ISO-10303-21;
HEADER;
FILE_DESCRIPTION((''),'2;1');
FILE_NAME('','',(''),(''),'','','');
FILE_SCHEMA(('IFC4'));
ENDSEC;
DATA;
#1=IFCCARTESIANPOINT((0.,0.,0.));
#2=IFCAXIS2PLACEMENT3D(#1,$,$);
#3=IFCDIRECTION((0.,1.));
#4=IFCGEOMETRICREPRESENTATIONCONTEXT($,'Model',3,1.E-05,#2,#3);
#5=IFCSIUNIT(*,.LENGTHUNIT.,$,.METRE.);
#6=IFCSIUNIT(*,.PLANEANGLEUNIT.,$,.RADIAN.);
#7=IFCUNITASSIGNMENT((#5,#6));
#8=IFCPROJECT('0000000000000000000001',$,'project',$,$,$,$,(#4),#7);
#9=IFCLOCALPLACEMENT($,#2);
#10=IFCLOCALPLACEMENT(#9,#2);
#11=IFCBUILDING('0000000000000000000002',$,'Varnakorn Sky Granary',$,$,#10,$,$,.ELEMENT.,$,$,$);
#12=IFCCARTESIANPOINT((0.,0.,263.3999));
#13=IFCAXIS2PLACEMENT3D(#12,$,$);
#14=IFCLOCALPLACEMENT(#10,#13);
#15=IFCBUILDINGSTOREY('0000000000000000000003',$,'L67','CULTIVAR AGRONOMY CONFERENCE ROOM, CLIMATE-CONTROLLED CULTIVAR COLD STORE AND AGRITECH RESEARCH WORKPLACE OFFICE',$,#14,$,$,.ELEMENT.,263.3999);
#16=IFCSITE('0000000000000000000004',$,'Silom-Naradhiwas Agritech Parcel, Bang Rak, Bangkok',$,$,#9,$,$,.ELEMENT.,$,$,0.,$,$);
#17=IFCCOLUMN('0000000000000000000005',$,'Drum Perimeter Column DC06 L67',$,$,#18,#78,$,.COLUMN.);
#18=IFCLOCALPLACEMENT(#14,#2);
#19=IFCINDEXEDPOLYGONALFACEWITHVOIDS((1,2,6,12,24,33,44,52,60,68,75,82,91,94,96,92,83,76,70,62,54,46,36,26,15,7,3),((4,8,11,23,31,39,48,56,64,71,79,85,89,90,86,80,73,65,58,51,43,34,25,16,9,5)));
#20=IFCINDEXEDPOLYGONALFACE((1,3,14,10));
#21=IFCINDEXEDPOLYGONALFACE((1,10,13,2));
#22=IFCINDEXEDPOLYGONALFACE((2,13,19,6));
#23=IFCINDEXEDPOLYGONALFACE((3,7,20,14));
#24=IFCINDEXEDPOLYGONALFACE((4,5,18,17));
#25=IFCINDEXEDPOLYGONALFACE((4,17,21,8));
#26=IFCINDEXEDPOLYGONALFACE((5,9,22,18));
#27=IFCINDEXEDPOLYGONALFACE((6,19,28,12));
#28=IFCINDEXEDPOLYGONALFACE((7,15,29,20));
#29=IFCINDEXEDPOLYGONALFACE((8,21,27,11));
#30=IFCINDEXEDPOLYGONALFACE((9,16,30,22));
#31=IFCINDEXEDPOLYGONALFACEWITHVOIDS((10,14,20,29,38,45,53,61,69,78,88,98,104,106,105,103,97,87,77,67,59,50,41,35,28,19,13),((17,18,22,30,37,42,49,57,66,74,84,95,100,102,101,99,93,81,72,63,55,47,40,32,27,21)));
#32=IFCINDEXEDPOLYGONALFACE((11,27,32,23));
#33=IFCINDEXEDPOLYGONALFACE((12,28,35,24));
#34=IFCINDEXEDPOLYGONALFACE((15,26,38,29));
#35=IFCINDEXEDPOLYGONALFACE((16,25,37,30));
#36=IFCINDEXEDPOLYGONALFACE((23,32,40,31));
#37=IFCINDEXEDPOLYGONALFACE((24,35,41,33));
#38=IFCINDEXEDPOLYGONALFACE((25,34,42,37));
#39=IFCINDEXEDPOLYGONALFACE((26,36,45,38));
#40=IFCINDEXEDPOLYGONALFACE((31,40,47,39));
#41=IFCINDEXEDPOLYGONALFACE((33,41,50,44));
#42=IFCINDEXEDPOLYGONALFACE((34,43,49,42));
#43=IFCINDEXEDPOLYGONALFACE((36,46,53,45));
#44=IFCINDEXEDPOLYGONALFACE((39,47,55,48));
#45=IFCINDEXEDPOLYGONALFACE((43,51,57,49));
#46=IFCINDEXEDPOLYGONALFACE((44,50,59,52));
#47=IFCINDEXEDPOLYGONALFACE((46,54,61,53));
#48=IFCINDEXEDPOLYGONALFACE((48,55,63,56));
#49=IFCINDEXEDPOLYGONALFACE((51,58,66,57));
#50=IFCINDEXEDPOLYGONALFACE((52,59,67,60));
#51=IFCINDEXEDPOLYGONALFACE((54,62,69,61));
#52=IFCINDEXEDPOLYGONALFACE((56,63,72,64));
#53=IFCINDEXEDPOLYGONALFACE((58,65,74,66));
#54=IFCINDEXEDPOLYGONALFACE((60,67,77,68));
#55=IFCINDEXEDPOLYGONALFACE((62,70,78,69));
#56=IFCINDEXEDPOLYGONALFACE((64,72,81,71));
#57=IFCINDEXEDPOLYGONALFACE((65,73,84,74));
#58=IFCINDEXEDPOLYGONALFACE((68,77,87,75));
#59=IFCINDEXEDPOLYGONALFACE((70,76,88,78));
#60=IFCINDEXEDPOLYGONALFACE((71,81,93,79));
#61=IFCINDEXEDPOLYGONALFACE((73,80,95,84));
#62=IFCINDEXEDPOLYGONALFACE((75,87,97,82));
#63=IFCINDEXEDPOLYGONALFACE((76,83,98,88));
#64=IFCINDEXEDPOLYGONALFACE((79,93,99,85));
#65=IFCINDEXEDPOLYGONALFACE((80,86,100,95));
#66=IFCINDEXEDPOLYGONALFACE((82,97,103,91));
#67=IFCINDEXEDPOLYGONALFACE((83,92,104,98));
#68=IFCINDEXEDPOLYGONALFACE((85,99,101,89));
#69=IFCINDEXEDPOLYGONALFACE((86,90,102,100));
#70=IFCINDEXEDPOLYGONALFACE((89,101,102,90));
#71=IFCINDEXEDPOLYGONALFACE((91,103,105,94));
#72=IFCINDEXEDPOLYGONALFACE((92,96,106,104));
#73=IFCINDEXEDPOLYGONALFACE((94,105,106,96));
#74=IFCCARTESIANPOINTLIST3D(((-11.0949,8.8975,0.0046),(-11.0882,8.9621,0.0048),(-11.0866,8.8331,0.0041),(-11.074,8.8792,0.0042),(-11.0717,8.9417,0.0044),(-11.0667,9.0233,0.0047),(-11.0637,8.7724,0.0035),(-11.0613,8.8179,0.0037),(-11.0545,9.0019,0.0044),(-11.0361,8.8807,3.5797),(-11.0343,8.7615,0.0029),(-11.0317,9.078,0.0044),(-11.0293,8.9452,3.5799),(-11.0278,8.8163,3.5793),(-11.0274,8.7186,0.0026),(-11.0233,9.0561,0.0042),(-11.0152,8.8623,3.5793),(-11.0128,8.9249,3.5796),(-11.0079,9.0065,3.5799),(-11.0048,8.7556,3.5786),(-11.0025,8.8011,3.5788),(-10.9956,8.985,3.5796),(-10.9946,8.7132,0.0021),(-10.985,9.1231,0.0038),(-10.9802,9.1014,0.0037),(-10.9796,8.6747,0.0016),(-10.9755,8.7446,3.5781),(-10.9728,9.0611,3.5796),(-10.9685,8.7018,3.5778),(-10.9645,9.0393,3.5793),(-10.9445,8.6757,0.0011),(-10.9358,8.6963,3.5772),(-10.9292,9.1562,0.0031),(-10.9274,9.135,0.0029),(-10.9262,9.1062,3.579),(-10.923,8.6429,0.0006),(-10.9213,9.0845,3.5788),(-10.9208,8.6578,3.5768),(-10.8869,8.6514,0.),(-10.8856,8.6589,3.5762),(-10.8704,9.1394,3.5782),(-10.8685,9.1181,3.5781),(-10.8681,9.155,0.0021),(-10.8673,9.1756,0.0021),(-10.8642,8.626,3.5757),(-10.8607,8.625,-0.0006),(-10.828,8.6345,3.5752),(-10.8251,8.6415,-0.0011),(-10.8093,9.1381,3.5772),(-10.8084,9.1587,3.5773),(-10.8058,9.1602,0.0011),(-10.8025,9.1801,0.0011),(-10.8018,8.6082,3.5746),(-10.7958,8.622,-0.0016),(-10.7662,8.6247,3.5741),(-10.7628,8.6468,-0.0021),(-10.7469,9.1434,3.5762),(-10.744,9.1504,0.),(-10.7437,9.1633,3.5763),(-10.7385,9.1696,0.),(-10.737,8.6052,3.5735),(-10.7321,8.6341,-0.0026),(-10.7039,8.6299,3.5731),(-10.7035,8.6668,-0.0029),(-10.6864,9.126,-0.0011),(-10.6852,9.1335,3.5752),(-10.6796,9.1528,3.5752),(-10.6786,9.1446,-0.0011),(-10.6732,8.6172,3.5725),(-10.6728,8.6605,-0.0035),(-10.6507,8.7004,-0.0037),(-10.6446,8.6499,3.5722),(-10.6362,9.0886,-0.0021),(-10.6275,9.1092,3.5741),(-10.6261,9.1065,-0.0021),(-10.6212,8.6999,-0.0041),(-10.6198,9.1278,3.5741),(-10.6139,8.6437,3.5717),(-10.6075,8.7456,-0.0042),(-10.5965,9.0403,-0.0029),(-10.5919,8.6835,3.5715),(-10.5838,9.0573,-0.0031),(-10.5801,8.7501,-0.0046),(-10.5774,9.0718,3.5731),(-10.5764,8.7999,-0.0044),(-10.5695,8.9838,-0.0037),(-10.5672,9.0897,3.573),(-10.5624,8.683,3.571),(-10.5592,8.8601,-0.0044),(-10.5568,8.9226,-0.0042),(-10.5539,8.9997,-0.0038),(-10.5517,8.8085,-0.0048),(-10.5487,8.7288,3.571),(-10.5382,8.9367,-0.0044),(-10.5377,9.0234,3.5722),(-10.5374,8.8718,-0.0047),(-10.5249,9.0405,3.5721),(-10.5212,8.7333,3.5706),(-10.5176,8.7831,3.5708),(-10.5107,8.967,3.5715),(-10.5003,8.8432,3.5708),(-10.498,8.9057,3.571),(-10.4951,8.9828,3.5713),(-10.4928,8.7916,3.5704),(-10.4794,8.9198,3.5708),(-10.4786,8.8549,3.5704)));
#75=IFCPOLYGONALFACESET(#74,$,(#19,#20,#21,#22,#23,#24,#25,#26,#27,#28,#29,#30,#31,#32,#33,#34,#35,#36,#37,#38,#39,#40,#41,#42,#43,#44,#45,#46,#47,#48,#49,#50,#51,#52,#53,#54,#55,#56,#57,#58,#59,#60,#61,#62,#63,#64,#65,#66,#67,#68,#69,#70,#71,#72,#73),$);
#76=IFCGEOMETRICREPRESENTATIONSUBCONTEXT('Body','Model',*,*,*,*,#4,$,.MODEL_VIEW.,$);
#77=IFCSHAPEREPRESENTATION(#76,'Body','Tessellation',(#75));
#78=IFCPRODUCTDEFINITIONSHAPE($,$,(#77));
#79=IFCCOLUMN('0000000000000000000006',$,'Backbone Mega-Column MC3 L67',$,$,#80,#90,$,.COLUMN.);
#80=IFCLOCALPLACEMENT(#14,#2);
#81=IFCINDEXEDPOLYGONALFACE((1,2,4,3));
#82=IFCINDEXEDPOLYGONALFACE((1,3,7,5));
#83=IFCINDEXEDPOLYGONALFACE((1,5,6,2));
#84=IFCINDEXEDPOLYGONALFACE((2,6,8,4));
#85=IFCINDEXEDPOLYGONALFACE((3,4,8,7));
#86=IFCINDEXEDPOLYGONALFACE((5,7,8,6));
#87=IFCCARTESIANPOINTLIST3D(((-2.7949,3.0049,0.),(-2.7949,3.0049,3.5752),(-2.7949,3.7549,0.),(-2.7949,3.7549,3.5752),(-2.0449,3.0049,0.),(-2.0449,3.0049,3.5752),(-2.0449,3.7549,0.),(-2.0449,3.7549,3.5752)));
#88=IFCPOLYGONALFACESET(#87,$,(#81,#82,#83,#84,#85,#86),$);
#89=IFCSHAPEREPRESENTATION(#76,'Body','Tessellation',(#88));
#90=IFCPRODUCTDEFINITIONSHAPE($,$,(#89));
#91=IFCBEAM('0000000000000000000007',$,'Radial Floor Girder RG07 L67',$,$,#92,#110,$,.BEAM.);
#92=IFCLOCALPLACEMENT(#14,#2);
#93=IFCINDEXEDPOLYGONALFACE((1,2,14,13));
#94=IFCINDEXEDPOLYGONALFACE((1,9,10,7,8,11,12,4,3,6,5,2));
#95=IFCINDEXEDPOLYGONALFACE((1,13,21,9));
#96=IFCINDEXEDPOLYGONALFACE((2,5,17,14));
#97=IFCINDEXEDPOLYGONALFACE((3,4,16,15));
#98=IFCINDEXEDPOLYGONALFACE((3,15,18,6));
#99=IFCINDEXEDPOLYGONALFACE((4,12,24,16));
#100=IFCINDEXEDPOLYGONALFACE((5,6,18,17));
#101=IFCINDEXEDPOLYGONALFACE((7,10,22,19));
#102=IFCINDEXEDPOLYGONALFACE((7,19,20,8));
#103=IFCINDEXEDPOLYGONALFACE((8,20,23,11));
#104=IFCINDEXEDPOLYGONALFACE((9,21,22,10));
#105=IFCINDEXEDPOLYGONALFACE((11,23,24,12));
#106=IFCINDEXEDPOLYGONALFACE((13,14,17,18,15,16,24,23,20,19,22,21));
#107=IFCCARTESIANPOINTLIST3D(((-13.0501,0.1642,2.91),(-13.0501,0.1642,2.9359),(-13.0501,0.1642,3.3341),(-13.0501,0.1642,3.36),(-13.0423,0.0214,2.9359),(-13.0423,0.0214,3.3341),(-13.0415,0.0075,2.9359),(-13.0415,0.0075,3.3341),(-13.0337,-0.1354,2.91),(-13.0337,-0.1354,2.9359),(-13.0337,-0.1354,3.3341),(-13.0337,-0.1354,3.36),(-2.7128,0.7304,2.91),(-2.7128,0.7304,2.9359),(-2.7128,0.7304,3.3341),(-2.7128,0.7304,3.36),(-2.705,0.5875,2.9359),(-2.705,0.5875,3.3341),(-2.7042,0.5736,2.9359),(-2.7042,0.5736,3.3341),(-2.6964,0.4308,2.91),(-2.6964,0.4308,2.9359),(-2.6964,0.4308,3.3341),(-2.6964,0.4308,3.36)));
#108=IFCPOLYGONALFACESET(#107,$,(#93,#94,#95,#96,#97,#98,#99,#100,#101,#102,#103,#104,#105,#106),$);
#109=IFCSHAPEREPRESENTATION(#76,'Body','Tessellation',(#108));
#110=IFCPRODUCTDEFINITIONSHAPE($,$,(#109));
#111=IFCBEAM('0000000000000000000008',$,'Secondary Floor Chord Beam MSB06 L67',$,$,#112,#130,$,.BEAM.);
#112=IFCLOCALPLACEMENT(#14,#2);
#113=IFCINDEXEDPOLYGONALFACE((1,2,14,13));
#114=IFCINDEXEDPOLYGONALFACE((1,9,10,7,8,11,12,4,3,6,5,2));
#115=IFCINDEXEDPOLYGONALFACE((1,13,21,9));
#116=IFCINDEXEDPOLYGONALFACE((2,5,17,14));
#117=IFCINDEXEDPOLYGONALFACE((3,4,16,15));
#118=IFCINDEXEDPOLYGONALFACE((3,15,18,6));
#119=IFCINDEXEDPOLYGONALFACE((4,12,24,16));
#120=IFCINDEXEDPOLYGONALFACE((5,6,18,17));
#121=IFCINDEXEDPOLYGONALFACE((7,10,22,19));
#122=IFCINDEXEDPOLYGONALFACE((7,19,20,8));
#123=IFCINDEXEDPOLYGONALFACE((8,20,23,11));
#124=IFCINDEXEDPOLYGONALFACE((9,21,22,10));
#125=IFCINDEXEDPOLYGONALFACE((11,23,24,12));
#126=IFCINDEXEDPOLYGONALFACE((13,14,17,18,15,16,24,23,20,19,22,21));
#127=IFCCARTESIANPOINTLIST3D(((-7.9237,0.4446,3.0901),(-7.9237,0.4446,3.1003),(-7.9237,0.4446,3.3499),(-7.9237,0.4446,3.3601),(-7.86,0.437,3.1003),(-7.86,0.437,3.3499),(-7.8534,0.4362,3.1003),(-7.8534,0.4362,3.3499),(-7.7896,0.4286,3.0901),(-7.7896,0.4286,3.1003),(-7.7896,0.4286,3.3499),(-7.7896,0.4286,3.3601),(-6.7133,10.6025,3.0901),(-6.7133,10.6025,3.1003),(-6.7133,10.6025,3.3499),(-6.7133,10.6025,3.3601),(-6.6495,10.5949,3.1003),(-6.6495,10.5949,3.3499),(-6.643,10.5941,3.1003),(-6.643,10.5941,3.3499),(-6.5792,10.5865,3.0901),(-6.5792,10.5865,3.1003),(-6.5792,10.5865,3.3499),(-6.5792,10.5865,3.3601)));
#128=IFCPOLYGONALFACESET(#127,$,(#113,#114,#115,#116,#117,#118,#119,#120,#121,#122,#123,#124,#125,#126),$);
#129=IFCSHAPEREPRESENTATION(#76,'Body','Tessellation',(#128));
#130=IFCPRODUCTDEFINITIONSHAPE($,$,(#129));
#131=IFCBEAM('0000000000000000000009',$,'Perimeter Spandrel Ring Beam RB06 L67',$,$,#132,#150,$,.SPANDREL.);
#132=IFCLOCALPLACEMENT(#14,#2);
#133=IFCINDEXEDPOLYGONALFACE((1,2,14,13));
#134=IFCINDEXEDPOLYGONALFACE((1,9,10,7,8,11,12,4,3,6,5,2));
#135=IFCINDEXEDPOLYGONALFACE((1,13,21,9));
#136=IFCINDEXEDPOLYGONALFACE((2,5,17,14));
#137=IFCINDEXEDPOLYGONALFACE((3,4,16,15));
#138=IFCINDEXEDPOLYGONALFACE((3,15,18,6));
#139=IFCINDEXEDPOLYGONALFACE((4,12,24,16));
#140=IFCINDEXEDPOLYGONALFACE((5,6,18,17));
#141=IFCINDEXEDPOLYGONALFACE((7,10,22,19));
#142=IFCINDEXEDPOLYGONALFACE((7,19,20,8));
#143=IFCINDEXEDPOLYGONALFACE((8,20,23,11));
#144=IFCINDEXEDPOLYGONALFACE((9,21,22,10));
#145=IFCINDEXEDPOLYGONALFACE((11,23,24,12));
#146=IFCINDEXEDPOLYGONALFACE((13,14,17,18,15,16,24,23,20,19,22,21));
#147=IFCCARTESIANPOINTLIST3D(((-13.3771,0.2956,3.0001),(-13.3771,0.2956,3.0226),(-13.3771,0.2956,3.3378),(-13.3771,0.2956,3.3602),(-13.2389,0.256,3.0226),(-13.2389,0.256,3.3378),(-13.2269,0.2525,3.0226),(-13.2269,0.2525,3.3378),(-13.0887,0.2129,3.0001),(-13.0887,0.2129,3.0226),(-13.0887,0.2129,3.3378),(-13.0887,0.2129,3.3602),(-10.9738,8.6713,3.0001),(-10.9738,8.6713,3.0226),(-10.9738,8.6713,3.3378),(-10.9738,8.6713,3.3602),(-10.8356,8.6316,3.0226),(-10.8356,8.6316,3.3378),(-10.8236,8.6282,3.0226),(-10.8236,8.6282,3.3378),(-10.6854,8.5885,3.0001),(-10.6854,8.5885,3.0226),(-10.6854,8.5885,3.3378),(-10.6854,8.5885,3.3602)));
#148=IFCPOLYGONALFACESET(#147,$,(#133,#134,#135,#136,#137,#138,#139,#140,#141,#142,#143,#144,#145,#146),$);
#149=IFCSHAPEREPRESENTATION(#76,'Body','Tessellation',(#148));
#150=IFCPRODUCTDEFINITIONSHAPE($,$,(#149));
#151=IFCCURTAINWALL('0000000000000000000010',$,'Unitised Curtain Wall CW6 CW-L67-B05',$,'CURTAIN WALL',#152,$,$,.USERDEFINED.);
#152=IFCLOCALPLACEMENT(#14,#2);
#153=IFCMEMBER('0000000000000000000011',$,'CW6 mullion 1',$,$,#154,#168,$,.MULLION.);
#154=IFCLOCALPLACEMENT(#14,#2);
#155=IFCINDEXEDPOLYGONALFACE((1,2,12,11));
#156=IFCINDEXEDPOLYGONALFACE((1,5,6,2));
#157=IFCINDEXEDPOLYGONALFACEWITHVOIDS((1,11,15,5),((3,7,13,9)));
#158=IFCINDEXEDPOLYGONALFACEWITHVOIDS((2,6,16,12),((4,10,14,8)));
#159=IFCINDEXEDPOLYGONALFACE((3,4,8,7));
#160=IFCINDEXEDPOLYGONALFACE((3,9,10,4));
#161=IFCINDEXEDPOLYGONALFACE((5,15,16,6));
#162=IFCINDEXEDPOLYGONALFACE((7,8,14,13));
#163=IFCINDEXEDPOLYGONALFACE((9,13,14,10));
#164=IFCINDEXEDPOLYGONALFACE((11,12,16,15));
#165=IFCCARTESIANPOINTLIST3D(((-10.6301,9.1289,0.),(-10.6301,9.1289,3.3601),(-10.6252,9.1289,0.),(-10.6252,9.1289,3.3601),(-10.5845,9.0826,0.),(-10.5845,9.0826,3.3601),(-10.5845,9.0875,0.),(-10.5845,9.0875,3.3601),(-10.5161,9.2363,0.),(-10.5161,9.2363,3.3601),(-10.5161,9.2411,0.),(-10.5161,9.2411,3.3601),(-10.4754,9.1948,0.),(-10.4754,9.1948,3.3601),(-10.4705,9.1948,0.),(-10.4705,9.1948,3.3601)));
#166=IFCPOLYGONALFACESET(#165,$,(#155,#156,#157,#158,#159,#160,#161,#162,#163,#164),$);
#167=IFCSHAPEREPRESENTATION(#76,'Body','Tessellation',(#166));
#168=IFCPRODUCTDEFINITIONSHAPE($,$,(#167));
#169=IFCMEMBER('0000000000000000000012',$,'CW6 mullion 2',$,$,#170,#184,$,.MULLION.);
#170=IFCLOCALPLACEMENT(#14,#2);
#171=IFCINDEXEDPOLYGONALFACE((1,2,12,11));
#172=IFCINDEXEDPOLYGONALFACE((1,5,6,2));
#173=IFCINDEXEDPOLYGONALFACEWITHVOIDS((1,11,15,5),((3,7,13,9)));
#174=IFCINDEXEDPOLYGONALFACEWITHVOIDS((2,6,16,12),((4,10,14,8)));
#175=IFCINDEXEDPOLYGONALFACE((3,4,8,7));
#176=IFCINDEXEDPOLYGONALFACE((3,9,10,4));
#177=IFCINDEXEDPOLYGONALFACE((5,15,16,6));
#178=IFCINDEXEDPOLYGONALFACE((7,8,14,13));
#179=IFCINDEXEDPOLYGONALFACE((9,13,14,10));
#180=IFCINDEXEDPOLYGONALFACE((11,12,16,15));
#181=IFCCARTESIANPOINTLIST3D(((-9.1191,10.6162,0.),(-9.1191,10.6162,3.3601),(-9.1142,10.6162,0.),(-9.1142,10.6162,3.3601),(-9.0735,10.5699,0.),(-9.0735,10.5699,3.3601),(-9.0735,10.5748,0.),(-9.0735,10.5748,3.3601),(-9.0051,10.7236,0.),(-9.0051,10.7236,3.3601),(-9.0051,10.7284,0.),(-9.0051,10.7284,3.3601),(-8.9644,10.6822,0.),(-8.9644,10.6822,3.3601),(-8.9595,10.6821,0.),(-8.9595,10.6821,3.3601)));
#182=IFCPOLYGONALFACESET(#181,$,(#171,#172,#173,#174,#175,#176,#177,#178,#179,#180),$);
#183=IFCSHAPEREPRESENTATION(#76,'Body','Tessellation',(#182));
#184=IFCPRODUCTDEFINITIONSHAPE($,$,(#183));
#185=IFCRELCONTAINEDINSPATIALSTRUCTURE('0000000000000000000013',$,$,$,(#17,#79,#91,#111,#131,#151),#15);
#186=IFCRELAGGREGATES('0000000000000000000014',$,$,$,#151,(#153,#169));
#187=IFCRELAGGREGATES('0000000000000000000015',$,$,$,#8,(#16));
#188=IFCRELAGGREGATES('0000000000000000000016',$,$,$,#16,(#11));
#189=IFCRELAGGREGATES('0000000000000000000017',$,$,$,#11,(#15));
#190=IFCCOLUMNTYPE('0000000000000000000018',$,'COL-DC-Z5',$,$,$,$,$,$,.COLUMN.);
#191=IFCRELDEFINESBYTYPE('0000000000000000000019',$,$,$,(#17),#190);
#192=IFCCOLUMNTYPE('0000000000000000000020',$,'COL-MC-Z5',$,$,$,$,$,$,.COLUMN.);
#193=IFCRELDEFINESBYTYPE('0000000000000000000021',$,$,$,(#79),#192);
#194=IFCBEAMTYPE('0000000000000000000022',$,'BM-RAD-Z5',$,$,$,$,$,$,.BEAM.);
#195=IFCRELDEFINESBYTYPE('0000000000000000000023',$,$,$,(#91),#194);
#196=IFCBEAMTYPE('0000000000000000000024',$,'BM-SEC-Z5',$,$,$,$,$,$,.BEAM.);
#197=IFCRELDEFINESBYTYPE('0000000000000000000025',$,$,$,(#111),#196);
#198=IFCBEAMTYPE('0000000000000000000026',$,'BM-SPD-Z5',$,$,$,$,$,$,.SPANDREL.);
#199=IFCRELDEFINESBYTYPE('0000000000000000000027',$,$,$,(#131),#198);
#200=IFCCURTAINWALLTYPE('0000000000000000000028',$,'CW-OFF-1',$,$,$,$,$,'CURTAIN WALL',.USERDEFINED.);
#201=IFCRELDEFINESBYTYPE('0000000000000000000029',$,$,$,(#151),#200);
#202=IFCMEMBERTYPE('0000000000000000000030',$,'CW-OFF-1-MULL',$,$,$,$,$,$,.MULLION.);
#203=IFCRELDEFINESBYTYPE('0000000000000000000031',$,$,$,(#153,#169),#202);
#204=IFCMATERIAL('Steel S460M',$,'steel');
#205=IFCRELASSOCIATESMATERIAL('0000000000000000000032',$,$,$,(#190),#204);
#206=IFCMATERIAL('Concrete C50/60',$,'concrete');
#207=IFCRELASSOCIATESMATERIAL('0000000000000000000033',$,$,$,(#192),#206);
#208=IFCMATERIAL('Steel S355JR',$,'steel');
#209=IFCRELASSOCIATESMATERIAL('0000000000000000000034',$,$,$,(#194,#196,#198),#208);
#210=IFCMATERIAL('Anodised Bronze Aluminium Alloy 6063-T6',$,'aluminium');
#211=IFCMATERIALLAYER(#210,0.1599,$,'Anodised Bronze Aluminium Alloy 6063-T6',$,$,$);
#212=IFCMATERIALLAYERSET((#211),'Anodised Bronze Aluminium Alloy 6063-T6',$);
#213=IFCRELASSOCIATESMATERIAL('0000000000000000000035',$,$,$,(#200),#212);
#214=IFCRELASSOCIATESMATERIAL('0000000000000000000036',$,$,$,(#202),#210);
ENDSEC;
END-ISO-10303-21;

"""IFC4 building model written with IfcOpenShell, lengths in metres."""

from ifc_helpers import new_model, si_unit, direction, frame, origin, origin_2d, place, context, subcontext, project, spatial, rectangle, hollow_rectangle, hollow_circle, i_section, extrude, material, layer, layer_set, material_profile, profile_set, type_object, element, aggregate, save


model = new_model("IFC4")

# Units and contexts
model_context = context("Model", 3, precision=1e-05, world=origin(), true_north=direction((0.0, 1.0)))
body_context = subcontext(model_context, "Body", "Model", "MODEL_VIEW")
ifc_project = project(units=[si_unit("LENGTHUNIT", "METRE"), si_unit("PLANEANGLEUNIT", "RADIAN")], contexts=[model_context])

# Site, building, storey
site_placement = place(None, origin())
site = spatial("IfcSite", under=ifc_project, at=site_placement, Name="Silom-Naradhiwas Agritech Parcel, Bang Rak, Bangkok", CompositionType="ELEMENT", RefElevation=0.0)
building_placement = place(site_placement, origin())
building = spatial("IfcBuilding", under=site, at=building_placement, Name="Varnakorn Sky Granary", CompositionType="ELEMENT")
storey_placement = place(building_placement, frame((0.0, 0.0, 263.3999)))
storey = spatial("IfcBuildingStorey", under=building, at=storey_placement, Name="L67", Description="CULTIVAR AGRONOMY CONFERENCE ROOM, CLIMATE-CONTROLLED CULTIVAR COLD STORE AND AGRITECH RESEARCH WORKPLACE OFFICE", CompositionType="ELEMENT", Elevation=263.3999)

# Columns
ifc_material_1 = material(Name="Steel S460M", Category="steel")
ifc_material_profile_1 = material_profile(ifc_material_1, hollow_circle(Radius=0.2795, WallThickness=0.02, at=origin_2d()), Name="CHS 559x20")
ifc_profile_set_1 = profile_set([ifc_material_profile_1], Name="Steel S460M")
column_type_1 = type_object("IfcColumnType", Name="COL-DC-Z5", PredefinedType="COLUMN", material=ifc_profile_set_1)
column_1_placement = place(storey_placement, frame((-10.8154, 8.9009, 0.0), z_axis=(0.016455, -0.004711, 0.999854), x_axis=(0.275248, 0.961373, 0.0)))
element("IfcColumn", 1, at=column_1_placement, inside=storey, type_object=column_type_1, Name="Drum Perimeter Column DC06 L67", PredefinedType="COLUMN", context=body_context, shape_type="SweptSolid", body=[
    extrude(hollow_circle(Radius=0.2795, WallThickness=0.02, at=origin_2d()), origin(), (0.0, 0.0, 1.0), 3.5757),
])
ifc_material_2 = material(Name="Concrete C50/60", Category="concrete")
ifc_material_profile_2 = material_profile(ifc_material_2, rectangle(XDim=0.75, YDim=0.75, at=origin_2d()), Name="RC 750x750")
ifc_profile_set_2 = profile_set([ifc_material_profile_2], Name="Concrete C50/60")
column_type_2 = type_object("IfcColumnType", Name="COL-MC-Z5", PredefinedType="COLUMN", material=ifc_profile_set_2)
column_2_placement = place(storey_placement, frame((-2.4199, 3.3799, 0.0), z_axis=(0.0, 0.0, 1.0), x_axis=(1.0, 0.0, 0.0)))
element("IfcColumn", 2, at=column_2_placement, inside=storey, type_object=column_type_2, Name="Backbone Mega-Column MC3 L67", PredefinedType="COLUMN", context=body_context, shape_type="SweptSolid", body=[
    extrude(rectangle(XDim=0.75, YDim=0.75, at=origin_2d()), origin(), (0.0, 0.0, 1.0), 3.5752),
])

# Beams
ifc_material_3 = material(Name="Steel S355JR", Category="steel")
ifc_material_profile_3 = material_profile(ifc_material_3, i_section(OverallWidth=0.3, OverallDepth=0.45, WebThickness=0.0139, FlangeThickness=0.0259, at=origin_2d()), Name="HE 450 B")
ifc_profile_set_3 = profile_set([ifc_material_profile_3], Name="Steel S355JR")
beam_type_1 = type_object("IfcBeamType", Name="BM-RAD-Z5", PredefinedType="BEAM", material=ifc_profile_set_3)
beam_1_placement = place(storey_placement, frame((-2.7046, 0.5806, 3.135), z_axis=(-0.998504, -0.054686, 0.0), x_axis=(0.054686, -0.998504, 0.0)))
element("IfcBeam", 3, at=beam_1_placement, inside=storey, type_object=beam_type_1, Name="Radial Floor Girder RG07 L67", PredefinedType="BEAM", context=body_context, shape_type="SweptSolid", body=[
    extrude(i_section(OverallWidth=0.3, OverallDepth=0.45, WebThickness=0.0139, FlangeThickness=0.0259, at=origin_2d()), origin(), (0.0, 0.0, 1.0), 10.3528),
])
ifc_material_profile_4 = material_profile(ifc_material_3, i_section(OverallWidth=0.135, OverallDepth=0.27, WebThickness=0.0066, FlangeThickness=0.0103, at=origin_2d()), Name="IPE 270")
ifc_profile_set_4 = profile_set([ifc_material_profile_4], Name="Steel S355JR")
beam_type_2 = type_object("IfcBeamType", Name="BM-SEC-Z5", PredefinedType="BEAM", material=ifc_profile_set_4)
beam_2_placement = place(storey_placement, frame((-6.6462, 10.5945, 3.2251), z_axis=(-0.118326, -0.992975, 0.0), x_axis=(0.992975, -0.118326, 0.0)))
element("IfcBeam", 4, at=beam_2_placement, inside=storey, type_object=beam_type_2, Name="Secondary Floor Chord Beam MSB06 L67", PredefinedType="BEAM", context=body_context, shape_type="SweptSolid", body=[
    extrude(i_section(OverallWidth=0.135, OverallDepth=0.27, WebThickness=0.0066, FlangeThickness=0.0103, at=origin_2d()), origin(), (0.0, 0.0, 1.0), 10.2297),
])
ifc_material_profile_5 = material_profile(ifc_material_3, i_section(OverallWidth=0.3, OverallDepth=0.3601, WebThickness=0.0125, FlangeThickness=0.0225, at=origin_2d()), Name="HE 360 B")
ifc_profile_set_5 = profile_set([ifc_material_profile_5], Name="Steel S355JR")
beam_type_3 = type_object("IfcBeamType", Name="BM-SPD-Z5", PredefinedType="SPANDREL", material=ifc_profile_set_5)
beam_3_placement = place(storey_placement, frame((-10.8296, 8.6299, 3.1802), z_axis=(-0.275809, -0.961212, 0.0), x_axis=(0.961212, -0.275809, 0.0)))
element("IfcBeam", 5, at=beam_3_placement, inside=storey, type_object=beam_type_3, Name="Perimeter Spandrel Ring Beam RB06 L67", PredefinedType="SPANDREL", context=body_context, shape_type="SweptSolid", body=[
    extrude(i_section(OverallWidth=0.3, OverallDepth=0.3601, WebThickness=0.0125, FlangeThickness=0.0225, at=origin_2d()), origin(), (0.0, 0.0, 1.0), 8.7136),
])

# Curtain wall, members
ifc_material_4 = material(Name="Anodised Bronze Aluminium Alloy 6063-T6", Category="aluminium")
ifc_layer_1 = layer(ifc_material_4, 0.1599, Name="Anodised Bronze Aluminium Alloy 6063-T6")
ifc_layer_set_1 = layer_set([ifc_layer_1], Name="Anodised Bronze Aluminium Alloy 6063-T6")
curtain_wall_type = type_object("IfcCurtainWallType", Name="CW-OFF-1", ElementType="CURTAIN WALL", PredefinedType="USERDEFINED", material=ifc_layer_set_1)
curtain_wall_placement = place(storey_placement, origin())
curtain_wall = element("IfcCurtainWall", 6, at=curtain_wall_placement, inside=storey, type_object=curtain_wall_type, Name="Unitised Curtain Wall CW6 CW-L67-B05", ObjectType="CURTAIN WALL", PredefinedType="USERDEFINED")
ifc_material_profile_6 = material_profile(ifc_material_4, hollow_rectangle(XDim=0.0649, YDim=0.1599, WallThickness=0.0034, at=origin_2d()), Name="ALU MULL 65x160")
ifc_profile_set_6 = profile_set([ifc_material_profile_6], Name="Anodised Bronze Aluminium Alloy 6063-T6")
member_type_1 = type_object("IfcMemberType", Name="CW-OFF-1-MULL", PredefinedType="MULLION", material=ifc_profile_set_6)
member_1_placement = place(storey_placement, frame((-10.5503, 9.1619, 0.0), z_axis=(0.0, 0.0, 1.0), x_axis=(-0.70144, 0.712728, 0.0)))
member_1 = element("IfcMember", 7, at=member_1_placement, type_object=member_type_1, Name="CW6 mullion 1", PredefinedType="MULLION", context=body_context, shape_type="SweptSolid", body=[
    extrude(hollow_rectangle(XDim=0.0649, YDim=0.1599, WallThickness=0.0034, at=origin_2d()), origin(), (0.0, 0.0, 1.0), 3.3601),
])
member_2_placement = place(storey_placement, frame((-9.0393, 10.6492, 0.0), z_axis=(0.0, 0.0, 1.0), x_axis=(-0.70144, 0.712728, 0.0)))
member_2 = element("IfcMember", 8, at=member_2_placement, type_object=member_type_1, Name="CW6 mullion 2", PredefinedType="MULLION", context=body_context, shape_type="SweptSolid", body=[
    extrude(hollow_rectangle(XDim=0.0649, YDim=0.1599, WallThickness=0.0034, at=origin_2d()), origin(), (0.0, 0.0, 1.0), 3.3601),
])

aggregate(curtain_wall, [member_1, member_2])

save(model, "model.ifc")
